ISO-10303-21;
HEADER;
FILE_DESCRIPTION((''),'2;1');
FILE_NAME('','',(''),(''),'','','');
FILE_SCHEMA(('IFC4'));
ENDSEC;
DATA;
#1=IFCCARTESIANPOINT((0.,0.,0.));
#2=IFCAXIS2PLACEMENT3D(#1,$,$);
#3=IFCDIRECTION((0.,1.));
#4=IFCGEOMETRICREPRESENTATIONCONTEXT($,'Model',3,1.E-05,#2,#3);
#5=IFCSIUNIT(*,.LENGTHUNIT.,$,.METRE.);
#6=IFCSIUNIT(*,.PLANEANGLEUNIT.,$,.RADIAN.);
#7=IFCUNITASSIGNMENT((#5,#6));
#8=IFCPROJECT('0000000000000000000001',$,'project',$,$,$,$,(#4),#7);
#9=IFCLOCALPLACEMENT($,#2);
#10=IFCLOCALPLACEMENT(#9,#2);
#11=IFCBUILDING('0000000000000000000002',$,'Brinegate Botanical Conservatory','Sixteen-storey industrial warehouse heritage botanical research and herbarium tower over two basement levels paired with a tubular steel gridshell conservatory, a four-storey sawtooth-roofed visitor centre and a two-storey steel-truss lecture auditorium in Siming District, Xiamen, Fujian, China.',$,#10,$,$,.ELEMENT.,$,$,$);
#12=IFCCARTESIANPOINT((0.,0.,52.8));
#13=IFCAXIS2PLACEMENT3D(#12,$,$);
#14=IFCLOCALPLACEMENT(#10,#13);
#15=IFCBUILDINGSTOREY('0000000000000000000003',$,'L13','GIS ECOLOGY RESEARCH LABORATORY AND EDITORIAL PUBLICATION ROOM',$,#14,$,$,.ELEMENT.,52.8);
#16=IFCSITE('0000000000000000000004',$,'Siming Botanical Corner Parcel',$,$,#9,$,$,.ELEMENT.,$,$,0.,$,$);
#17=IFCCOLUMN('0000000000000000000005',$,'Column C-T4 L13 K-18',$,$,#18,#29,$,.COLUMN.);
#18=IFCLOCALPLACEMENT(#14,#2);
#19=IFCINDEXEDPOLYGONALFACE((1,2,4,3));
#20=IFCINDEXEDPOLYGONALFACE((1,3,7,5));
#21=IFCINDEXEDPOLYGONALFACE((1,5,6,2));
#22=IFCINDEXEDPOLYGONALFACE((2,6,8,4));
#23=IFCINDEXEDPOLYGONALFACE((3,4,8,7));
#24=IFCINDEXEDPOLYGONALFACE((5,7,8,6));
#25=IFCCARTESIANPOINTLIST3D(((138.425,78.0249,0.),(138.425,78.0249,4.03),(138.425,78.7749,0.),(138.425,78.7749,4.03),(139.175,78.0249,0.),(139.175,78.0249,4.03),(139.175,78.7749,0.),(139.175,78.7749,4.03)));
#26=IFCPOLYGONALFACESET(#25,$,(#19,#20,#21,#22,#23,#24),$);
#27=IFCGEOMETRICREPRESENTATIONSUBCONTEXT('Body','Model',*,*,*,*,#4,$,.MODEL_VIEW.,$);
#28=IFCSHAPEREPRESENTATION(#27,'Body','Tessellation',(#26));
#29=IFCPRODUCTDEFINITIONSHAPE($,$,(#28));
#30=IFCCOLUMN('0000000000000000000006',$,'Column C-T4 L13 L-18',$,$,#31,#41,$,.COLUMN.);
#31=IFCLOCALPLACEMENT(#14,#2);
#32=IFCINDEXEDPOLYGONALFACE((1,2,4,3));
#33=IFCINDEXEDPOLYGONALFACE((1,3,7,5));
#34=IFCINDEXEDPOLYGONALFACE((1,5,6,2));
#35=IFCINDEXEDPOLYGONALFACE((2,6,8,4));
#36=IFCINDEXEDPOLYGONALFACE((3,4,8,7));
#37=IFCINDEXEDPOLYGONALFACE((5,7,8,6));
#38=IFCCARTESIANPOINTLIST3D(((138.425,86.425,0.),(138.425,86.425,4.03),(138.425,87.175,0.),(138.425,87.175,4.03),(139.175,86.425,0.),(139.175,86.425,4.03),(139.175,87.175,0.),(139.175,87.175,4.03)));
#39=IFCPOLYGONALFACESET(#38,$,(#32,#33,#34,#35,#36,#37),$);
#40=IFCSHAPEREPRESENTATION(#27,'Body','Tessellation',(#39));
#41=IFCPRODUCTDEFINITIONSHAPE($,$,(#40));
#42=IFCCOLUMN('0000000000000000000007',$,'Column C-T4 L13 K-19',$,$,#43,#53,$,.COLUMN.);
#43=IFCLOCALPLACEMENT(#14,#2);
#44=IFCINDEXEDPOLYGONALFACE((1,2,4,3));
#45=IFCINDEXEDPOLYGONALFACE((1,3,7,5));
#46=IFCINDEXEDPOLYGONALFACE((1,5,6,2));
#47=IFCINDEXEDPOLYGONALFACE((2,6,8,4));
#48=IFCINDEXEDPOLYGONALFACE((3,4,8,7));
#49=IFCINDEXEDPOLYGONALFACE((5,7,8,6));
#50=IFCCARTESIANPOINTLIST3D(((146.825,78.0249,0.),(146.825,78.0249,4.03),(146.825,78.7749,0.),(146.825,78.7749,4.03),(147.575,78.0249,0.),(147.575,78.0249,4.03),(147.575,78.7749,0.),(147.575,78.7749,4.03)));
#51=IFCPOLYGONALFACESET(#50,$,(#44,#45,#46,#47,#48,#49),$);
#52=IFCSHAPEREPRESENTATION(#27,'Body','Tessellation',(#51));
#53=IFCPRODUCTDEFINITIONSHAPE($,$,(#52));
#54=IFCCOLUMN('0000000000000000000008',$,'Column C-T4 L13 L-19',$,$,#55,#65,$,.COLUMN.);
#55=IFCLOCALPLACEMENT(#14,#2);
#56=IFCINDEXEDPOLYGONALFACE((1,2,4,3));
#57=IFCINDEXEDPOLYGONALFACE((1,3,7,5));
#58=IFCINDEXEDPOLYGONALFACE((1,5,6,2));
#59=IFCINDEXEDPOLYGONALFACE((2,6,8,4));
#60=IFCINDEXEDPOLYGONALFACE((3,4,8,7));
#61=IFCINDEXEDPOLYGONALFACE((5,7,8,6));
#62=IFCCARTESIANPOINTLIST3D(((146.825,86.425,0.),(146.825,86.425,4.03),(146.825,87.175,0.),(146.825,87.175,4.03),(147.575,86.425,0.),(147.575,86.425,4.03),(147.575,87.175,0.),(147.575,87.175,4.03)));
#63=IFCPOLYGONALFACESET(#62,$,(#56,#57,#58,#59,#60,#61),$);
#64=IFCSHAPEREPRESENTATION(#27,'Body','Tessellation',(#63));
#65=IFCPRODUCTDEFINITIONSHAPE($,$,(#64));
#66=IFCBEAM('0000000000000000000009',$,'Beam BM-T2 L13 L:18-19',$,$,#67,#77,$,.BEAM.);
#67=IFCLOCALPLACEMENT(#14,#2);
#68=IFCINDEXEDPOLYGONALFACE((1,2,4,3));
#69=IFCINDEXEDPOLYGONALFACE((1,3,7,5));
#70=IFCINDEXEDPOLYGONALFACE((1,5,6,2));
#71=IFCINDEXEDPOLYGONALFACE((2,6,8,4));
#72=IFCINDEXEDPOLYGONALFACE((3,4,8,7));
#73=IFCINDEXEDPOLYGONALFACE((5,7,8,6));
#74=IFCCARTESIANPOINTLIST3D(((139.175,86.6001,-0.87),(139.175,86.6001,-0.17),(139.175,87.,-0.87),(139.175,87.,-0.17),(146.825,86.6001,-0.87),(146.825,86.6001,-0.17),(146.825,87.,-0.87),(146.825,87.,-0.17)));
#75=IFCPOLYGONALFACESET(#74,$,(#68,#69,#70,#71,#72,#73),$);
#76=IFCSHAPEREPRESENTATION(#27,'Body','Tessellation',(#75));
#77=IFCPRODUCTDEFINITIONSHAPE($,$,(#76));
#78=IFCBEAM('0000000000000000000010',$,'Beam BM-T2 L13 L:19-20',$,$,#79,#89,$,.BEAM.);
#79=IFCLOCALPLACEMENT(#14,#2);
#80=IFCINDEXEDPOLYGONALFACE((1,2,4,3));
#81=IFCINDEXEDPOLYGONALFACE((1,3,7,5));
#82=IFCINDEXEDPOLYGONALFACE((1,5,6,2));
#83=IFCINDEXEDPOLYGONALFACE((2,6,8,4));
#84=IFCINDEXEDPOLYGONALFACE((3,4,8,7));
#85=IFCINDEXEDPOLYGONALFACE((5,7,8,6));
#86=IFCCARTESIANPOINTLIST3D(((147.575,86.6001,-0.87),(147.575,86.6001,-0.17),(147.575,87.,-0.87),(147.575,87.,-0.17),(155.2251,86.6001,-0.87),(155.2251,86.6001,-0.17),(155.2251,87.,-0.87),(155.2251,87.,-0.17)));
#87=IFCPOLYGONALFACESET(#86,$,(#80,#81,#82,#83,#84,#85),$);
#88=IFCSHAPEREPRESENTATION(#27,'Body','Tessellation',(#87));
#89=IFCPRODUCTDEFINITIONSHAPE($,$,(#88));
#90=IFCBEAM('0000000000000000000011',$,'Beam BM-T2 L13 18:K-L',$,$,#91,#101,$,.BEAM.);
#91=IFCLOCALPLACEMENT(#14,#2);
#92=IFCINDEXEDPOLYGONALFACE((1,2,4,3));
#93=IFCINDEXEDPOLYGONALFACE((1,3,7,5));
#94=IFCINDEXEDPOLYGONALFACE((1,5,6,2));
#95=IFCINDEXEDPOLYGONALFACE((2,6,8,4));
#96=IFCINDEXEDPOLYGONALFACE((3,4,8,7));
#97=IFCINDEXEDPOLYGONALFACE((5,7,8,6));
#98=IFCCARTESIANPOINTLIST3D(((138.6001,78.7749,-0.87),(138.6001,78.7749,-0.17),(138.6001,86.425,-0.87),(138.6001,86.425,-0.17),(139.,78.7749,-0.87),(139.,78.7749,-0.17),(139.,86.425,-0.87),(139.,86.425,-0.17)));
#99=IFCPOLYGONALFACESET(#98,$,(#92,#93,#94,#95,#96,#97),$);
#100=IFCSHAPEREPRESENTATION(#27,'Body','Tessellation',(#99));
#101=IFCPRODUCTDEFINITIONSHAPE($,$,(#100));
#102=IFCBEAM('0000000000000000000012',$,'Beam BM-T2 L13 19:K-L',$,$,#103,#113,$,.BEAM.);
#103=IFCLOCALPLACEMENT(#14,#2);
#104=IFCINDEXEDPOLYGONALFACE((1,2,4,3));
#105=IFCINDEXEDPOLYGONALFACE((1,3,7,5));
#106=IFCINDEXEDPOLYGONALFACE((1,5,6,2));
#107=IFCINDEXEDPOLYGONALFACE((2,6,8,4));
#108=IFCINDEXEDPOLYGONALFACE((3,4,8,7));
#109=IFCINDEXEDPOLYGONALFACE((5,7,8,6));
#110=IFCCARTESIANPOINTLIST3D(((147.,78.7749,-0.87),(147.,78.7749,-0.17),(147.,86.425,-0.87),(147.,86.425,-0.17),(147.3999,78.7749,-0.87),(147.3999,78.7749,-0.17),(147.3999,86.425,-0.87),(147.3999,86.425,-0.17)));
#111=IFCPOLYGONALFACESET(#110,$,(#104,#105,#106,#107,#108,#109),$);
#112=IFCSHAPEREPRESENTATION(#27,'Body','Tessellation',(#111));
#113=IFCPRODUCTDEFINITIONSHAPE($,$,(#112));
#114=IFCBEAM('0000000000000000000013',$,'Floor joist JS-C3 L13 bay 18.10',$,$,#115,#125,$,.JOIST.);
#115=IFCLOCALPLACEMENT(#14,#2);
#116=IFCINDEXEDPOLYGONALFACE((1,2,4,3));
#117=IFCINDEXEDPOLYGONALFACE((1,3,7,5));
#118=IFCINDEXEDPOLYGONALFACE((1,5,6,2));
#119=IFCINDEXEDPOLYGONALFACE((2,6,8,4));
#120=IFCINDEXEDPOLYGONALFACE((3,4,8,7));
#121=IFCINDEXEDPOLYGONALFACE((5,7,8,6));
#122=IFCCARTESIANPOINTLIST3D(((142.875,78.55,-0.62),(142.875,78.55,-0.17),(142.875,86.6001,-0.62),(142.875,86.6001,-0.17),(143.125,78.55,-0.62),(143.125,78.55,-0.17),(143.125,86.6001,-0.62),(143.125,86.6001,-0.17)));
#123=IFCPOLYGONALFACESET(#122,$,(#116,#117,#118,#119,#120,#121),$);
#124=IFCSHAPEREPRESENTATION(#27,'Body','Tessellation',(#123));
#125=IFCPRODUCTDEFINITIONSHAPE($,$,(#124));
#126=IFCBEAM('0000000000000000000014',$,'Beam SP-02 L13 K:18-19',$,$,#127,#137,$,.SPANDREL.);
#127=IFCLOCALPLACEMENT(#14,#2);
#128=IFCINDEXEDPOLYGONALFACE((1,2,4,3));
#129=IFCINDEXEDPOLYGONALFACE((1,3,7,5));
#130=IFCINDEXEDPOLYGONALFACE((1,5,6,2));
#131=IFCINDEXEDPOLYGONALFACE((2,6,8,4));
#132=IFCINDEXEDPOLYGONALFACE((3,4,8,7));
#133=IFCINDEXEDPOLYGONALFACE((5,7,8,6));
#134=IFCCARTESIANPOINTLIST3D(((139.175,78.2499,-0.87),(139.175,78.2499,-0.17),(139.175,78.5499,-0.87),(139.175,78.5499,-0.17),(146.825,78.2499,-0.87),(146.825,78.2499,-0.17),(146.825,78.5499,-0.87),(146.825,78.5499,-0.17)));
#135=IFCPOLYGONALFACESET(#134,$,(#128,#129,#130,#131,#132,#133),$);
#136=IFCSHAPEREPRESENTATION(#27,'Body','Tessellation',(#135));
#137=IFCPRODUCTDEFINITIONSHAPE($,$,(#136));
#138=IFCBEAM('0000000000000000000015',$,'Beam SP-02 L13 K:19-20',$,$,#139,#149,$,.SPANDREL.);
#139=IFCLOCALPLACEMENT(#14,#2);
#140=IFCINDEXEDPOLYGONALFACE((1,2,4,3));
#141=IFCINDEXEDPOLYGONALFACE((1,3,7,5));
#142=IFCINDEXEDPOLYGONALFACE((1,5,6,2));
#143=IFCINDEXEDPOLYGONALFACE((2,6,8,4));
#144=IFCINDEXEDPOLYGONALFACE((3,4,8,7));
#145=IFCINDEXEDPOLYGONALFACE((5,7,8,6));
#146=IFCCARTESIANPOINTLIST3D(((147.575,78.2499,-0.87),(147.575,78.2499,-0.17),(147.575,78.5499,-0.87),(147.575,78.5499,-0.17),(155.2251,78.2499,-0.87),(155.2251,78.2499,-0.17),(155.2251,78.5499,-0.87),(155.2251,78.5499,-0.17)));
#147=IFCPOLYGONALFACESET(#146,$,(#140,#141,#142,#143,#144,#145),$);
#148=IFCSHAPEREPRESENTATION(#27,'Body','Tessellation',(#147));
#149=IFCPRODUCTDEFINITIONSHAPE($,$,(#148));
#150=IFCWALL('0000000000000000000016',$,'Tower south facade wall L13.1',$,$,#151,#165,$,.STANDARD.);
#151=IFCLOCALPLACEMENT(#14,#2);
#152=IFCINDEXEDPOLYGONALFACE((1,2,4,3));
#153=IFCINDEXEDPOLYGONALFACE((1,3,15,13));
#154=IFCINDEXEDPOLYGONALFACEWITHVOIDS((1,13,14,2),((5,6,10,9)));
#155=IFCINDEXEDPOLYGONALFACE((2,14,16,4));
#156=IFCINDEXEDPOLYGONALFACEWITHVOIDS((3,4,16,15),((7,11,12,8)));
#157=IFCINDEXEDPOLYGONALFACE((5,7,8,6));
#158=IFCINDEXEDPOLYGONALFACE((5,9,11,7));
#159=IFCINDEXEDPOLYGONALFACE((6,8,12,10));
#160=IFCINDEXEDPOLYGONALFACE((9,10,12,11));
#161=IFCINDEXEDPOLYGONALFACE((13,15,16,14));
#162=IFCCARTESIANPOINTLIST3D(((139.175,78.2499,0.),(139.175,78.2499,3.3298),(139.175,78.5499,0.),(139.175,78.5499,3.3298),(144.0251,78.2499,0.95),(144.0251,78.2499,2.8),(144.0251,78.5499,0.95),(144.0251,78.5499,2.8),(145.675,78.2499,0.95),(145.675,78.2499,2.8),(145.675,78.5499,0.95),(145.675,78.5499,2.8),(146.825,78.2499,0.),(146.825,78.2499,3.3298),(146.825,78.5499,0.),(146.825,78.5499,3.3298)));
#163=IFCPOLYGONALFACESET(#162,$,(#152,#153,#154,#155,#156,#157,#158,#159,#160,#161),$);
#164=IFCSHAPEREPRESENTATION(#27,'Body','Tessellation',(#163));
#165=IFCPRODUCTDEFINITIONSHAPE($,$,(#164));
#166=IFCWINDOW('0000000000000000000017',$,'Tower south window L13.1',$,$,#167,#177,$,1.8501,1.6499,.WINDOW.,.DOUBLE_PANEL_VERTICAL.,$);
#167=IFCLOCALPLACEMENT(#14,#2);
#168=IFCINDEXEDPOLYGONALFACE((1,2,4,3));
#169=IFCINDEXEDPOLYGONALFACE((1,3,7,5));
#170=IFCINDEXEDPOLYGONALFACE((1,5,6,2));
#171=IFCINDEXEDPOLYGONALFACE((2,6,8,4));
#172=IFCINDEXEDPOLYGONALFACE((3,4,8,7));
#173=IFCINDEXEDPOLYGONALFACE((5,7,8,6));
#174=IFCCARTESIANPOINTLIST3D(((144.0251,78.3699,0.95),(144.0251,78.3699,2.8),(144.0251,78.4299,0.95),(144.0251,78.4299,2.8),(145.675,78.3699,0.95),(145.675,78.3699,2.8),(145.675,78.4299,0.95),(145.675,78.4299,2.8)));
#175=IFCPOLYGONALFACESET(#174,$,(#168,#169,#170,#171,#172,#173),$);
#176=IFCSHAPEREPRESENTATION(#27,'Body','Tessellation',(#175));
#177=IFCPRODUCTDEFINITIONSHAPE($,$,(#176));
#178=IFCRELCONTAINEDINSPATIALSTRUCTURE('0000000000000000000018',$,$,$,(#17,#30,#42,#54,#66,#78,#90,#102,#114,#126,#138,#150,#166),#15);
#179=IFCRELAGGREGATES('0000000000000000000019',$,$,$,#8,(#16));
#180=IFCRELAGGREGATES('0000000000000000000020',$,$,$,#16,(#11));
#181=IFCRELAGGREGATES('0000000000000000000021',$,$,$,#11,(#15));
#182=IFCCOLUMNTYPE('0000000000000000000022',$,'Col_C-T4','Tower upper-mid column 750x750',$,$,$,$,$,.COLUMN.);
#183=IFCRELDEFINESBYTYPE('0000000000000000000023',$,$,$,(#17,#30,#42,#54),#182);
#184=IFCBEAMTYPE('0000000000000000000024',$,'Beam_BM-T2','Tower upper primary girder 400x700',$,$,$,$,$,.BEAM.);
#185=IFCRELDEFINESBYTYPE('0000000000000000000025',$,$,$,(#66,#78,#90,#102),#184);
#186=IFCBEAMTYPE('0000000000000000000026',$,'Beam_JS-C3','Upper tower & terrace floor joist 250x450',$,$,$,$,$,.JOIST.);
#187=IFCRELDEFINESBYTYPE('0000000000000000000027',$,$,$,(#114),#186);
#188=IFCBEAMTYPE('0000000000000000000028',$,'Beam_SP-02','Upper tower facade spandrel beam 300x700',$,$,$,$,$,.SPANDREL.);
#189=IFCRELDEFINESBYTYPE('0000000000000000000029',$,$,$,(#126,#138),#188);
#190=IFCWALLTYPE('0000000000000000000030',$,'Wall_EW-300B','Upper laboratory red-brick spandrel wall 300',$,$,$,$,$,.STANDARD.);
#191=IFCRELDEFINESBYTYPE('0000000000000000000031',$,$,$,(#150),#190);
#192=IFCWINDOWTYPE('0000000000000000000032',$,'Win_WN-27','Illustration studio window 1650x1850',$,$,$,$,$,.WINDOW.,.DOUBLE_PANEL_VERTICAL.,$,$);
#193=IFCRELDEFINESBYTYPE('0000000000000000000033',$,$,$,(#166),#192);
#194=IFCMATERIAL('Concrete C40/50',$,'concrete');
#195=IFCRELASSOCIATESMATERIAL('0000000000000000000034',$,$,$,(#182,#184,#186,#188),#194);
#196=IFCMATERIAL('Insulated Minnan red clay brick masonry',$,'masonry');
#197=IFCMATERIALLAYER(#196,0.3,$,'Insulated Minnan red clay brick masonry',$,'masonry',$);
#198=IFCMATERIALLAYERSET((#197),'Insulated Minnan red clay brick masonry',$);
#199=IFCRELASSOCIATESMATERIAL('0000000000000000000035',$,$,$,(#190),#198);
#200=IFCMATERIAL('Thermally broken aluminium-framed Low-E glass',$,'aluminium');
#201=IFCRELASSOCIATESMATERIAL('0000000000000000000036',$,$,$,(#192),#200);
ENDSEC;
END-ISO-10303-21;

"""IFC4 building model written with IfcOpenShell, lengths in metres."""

from ifc_helpers import new_model, si_unit, direction, frame, frame_2d, origin, origin_2d, place, context, subcontext, project, spatial, rectangle, extrude, material, layer, layer_set, material_profile, profile_set, type_object, element, fill, save


model = new_model("IFC4")

# Units and contexts
model_context = context("Model", 3, precision=1e-05, world=origin(), true_north=direction((0.0, 1.0)))
body_context = subcontext(model_context, "Body", "Model", "MODEL_VIEW")
ifc_project = project(units=[si_unit("LENGTHUNIT", "METRE"), si_unit("PLANEANGLEUNIT", "RADIAN")], contexts=[model_context])

# Site, building, storey
site_placement = place(None, origin())
site = spatial("IfcSite", under=ifc_project, at=site_placement, Name="Siming Botanical Corner Parcel", CompositionType="ELEMENT", RefElevation=0.0)
building_placement = place(site_placement, origin())
building = spatial("IfcBuilding", under=site, at=building_placement, Name="Brinegate Botanical Conservatory", Description="Sixteen-storey industrial warehouse heritage botanical research and herbarium tower over two basement levels paired with a tubular steel gridshell conservatory, a four-storey sawtooth-roofed visitor centre and a two-storey steel-truss lecture auditorium in Siming District, Xiamen, Fujian, China.", CompositionType="ELEMENT")
storey_placement = place(building_placement, frame((0.0, 0.0, 52.8)))
storey = spatial("IfcBuildingStorey", under=building, at=storey_placement, Name="L13", Description="GIS ECOLOGY RESEARCH LABORATORY AND EDITORIAL PUBLICATION ROOM", CompositionType="ELEMENT", Elevation=52.8)

# Columns
ifc_material_1 = material(Name="Concrete C40/50", Category="concrete")
ifc_material_profile_1 = material_profile(ifc_material_1, rectangle(XDim=0.75, YDim=0.75, at=origin_2d()), Name="RC COL 750x750")
ifc_profile_set_1 = profile_set([ifc_material_profile_1], Name="Concrete C40/50")
column_type = type_object("IfcColumnType", Name="Col_C-T4", Description="Tower upper-mid column 750x750", PredefinedType="COLUMN", material=ifc_profile_set_1)
for number, where, z_axis, x_axis, name in (
    (1, (138.8, 78.3999, 0.0), (0.0, 0.0, 1.0), (1.0, 0.0, 0.0), "Column C-T4 L13 K-18"),
    (2, (138.8, 86.8, 0.0), (0.0, 0.0, 1.0), (1.0, 0.0, 0.0), "Column C-T4 L13 L-18"),
    (3, (147.2, 78.3999, 0.0), (0.0, 0.0, 1.0), (1.0, 0.0, 0.0), "Column C-T4 L13 K-19"),
    (4, (147.2, 86.8, 0.0), (0.0, 0.0, 1.0), (1.0, 0.0, 0.0), "Column C-T4 L13 L-19"),
):
    element("IfcColumn", number, at=place(storey_placement, frame(where, z_axis=z_axis, x_axis=x_axis)), inside=storey, type_object=column_type, Name=name, PredefinedType="COLUMN", context=body_context, shape_type="SweptSolid", body=[
        extrude(rectangle(XDim=0.75, YDim=0.75, at=origin_2d()), origin(), (0.0, 0.0, 1.0), 4.03),
    ])

# Beams
ifc_material_profile_2 = material_profile(ifc_material_1, rectangle(XDim=0.3999, YDim=0.7, at=origin_2d()), Name="RC BM 400x700")
ifc_profile_set_2 = profile_set([ifc_material_profile_2], Name="Concrete C40/50")
beam_type_1 = type_object("IfcBeamType", Name="Beam_BM-T2", Description="Tower upper primary girder 400x700", PredefinedType="BEAM", material=ifc_profile_set_2)
beam_1_placement = place(storey_placement, frame((139.175, 86.8, -0.52), z_axis=(1.0, 0.0, 0.0), x_axis=(0.0, 1.0, 0.0)))
element("IfcBeam", 5, at=beam_1_placement, inside=storey, type_object=beam_type_1, Name="Beam BM-T2 L13 L:18-19", PredefinedType="BEAM", context=body_context, shape_type="SweptSolid", body=[
    extrude(rectangle(XDim=0.3999, YDim=0.7, at=origin_2d()), origin(), (0.0, 0.0, 1.0), 7.6499),
])
for number, where, z_axis, x_axis, name in (
    (6, (147.575, 86.8, -0.52), (1.0, 0.0, 0.0), (0.0, 1.0, 0.0), "Beam BM-T2 L13 L:19-20"),
    (7, (138.8, 78.7749, -0.52), (0.0, 1.0, 0.0), (-1.0, 0.0, 0.0), "Beam BM-T2 L13 18:K-L"),
    (8, (147.2, 78.7749, -0.52), (0.0, 1.0, 0.0), (-1.0, 0.0, 0.0), "Beam BM-T2 L13 19:K-L"),
):
    element("IfcBeam", number, at=place(storey_placement, frame(where, z_axis=z_axis, x_axis=x_axis)), inside=storey, type_object=beam_type_1, Name=name, PredefinedType="BEAM", context=body_context, shape_type="SweptSolid", body=[
        extrude(rectangle(XDim=0.3999, YDim=0.7, at=origin_2d()), origin(), (0.0, 0.0, 1.0), 7.6501),
    ])
ifc_material_profile_3 = material_profile(ifc_material_1, rectangle(XDim=0.25, YDim=0.45, at=origin_2d()), Name="RC JST 250x450")
ifc_profile_set_3 = profile_set([ifc_material_profile_3], Name="Concrete C40/50")
beam_type_2 = type_object("IfcBeamType", Name="Beam_JS-C3", Description="Upper tower & terrace floor joist 250x450", PredefinedType="JOIST", material=ifc_profile_set_3)
beam_2_placement = place(storey_placement, frame((143.0, 78.55, -0.395), z_axis=(0.0, 1.0, 0.0), x_axis=(-1.0, 0.0, 0.0)))
element("IfcBeam", 9, at=beam_2_placement, inside=storey, type_object=beam_type_2, Name="Floor joist JS-C3 L13 bay 18.10", PredefinedType="JOIST", context=body_context, shape_type="SweptSolid", body=[
    extrude(rectangle(XDim=0.25, YDim=0.45, at=origin_2d()), origin(), (0.0, 0.0, 1.0), 8.05),
])
ifc_material_profile_4 = material_profile(ifc_material_1, rectangle(XDim=0.3, YDim=0.7, at=origin_2d()), Name="RC SPN 300x700")
ifc_profile_set_4 = profile_set([ifc_material_profile_4], Name="Concrete C40/50")
beam_type_3 = type_object("IfcBeamType", Name="Beam_SP-02", Description="Upper tower facade spandrel beam 300x700", PredefinedType="SPANDREL", material=ifc_profile_set_4)
beam_3_placement = place(storey_placement, frame((139.175, 78.3999, -0.52), z_axis=(1.0, 0.0, 0.0), x_axis=(0.0, 1.0, 0.0)))
element("IfcBeam", 10, at=beam_3_placement, inside=storey, type_object=beam_type_3, Name="Beam SP-02 L13 K:18-19", PredefinedType="SPANDREL", context=body_context, shape_type="SweptSolid", body=[
    extrude(rectangle(XDim=0.3, YDim=0.7, at=origin_2d()), origin(), (0.0, 0.0, 1.0), 7.6499),
])
beam_4_placement = place(storey_placement, frame((147.575, 78.3999, -0.52), z_axis=(1.0, 0.0, 0.0), x_axis=(0.0, 1.0, 0.0)))
element("IfcBeam", 11, at=beam_4_placement, inside=storey, type_object=beam_type_3, Name="Beam SP-02 L13 K:19-20", PredefinedType="SPANDREL", context=body_context, shape_type="SweptSolid", body=[
    extrude(rectangle(XDim=0.3, YDim=0.7, at=origin_2d()), origin(), (0.0, 0.0, 1.0), 7.6501),
])

# Wall, opening, window
ifc_material_2 = material(Name="Insulated Minnan red clay brick masonry", Category="masonry")
ifc_layer_1 = layer(ifc_material_2, 0.3, Name="Insulated Minnan red clay brick masonry", Category="masonry")
ifc_layer_set_1 = layer_set([ifc_layer_1], Name="Insulated Minnan red clay brick masonry")
wall_type_1 = type_object("IfcWallType", Name="Wall_EW-300B", Description="Upper laboratory red-brick spandrel wall 300", PredefinedType="STANDARD", material=ifc_layer_set_1)
wall_1_placement = place(storey_placement, frame((146.825, 78.3999, 0.0), z_axis=(0.0, 0.0, 1.0), x_axis=(-1.0, 0.0, 0.0)))
wall_1 = element("IfcWall", 12, at=wall_1_placement, inside=storey, type_object=wall_type_1, Name="Tower south facade wall L13.1", PredefinedType="STANDARD", context=body_context, shape_type="SweptSolid", body=[
    extrude(rectangle(XDim=7.6499, YDim=0.3, at=frame_2d((3.825, 0.0))), origin(), (0.0, 0.0, 1.0), 3.3298),
])
opening_1_placement = place(wall_1_placement, frame((1.1499, 0.0, 0.95)))
opening_1 = element("IfcOpeningElement", 13, at=opening_1_placement, cuts=wall_1, PredefinedType="OPENING", context=body_context, shape_type="SweptSolid", body=[
    extrude(rectangle(XDim=1.6499, YDim=1.8501, at=frame_2d((0.825, 0.925))), frame((0.0, 0.1599, 0.0), z_axis=(0.0, -1.0, 0.0), x_axis=(1.0, 0.0, 0.0)), (0.0, 0.0, 1.0), 0.3201),
])
ifc_material_3 = material(Name="Thermally broken aluminium-framed Low-E glass", Category="aluminium")
window_type_1 = type_object("IfcWindowType", Name="Win_WN-27", Description="Illustration studio window 1650x1850", PartitioningType="DOUBLE_PANEL_VERTICAL", PredefinedType="WINDOW", material=ifc_material_3)
window_1_placement = place(opening_1_placement, origin())
window_1 = element("IfcWindow", 14, at=window_1_placement, inside=storey, type_object=window_type_1, Name="Tower south window L13.1", OverallHeight=1.8501, OverallWidth=1.6499, PartitioningType="DOUBLE_PANEL_VERTICAL", PredefinedType="WINDOW", context=body_context, shape_type="SweptSolid", body=[
    extrude(rectangle(XDim=1.6499, YDim=1.8501, at=frame_2d((0.825, 0.925))), frame((0.0, 0.03, 0.0), z_axis=(0.0, -1.0, 0.0), x_axis=(1.0, 0.0, 0.0)), (0.0, 0.0, 1.0), 0.0601),
])
fill(opening_1, window_1)

save(model, "model.ifc")
